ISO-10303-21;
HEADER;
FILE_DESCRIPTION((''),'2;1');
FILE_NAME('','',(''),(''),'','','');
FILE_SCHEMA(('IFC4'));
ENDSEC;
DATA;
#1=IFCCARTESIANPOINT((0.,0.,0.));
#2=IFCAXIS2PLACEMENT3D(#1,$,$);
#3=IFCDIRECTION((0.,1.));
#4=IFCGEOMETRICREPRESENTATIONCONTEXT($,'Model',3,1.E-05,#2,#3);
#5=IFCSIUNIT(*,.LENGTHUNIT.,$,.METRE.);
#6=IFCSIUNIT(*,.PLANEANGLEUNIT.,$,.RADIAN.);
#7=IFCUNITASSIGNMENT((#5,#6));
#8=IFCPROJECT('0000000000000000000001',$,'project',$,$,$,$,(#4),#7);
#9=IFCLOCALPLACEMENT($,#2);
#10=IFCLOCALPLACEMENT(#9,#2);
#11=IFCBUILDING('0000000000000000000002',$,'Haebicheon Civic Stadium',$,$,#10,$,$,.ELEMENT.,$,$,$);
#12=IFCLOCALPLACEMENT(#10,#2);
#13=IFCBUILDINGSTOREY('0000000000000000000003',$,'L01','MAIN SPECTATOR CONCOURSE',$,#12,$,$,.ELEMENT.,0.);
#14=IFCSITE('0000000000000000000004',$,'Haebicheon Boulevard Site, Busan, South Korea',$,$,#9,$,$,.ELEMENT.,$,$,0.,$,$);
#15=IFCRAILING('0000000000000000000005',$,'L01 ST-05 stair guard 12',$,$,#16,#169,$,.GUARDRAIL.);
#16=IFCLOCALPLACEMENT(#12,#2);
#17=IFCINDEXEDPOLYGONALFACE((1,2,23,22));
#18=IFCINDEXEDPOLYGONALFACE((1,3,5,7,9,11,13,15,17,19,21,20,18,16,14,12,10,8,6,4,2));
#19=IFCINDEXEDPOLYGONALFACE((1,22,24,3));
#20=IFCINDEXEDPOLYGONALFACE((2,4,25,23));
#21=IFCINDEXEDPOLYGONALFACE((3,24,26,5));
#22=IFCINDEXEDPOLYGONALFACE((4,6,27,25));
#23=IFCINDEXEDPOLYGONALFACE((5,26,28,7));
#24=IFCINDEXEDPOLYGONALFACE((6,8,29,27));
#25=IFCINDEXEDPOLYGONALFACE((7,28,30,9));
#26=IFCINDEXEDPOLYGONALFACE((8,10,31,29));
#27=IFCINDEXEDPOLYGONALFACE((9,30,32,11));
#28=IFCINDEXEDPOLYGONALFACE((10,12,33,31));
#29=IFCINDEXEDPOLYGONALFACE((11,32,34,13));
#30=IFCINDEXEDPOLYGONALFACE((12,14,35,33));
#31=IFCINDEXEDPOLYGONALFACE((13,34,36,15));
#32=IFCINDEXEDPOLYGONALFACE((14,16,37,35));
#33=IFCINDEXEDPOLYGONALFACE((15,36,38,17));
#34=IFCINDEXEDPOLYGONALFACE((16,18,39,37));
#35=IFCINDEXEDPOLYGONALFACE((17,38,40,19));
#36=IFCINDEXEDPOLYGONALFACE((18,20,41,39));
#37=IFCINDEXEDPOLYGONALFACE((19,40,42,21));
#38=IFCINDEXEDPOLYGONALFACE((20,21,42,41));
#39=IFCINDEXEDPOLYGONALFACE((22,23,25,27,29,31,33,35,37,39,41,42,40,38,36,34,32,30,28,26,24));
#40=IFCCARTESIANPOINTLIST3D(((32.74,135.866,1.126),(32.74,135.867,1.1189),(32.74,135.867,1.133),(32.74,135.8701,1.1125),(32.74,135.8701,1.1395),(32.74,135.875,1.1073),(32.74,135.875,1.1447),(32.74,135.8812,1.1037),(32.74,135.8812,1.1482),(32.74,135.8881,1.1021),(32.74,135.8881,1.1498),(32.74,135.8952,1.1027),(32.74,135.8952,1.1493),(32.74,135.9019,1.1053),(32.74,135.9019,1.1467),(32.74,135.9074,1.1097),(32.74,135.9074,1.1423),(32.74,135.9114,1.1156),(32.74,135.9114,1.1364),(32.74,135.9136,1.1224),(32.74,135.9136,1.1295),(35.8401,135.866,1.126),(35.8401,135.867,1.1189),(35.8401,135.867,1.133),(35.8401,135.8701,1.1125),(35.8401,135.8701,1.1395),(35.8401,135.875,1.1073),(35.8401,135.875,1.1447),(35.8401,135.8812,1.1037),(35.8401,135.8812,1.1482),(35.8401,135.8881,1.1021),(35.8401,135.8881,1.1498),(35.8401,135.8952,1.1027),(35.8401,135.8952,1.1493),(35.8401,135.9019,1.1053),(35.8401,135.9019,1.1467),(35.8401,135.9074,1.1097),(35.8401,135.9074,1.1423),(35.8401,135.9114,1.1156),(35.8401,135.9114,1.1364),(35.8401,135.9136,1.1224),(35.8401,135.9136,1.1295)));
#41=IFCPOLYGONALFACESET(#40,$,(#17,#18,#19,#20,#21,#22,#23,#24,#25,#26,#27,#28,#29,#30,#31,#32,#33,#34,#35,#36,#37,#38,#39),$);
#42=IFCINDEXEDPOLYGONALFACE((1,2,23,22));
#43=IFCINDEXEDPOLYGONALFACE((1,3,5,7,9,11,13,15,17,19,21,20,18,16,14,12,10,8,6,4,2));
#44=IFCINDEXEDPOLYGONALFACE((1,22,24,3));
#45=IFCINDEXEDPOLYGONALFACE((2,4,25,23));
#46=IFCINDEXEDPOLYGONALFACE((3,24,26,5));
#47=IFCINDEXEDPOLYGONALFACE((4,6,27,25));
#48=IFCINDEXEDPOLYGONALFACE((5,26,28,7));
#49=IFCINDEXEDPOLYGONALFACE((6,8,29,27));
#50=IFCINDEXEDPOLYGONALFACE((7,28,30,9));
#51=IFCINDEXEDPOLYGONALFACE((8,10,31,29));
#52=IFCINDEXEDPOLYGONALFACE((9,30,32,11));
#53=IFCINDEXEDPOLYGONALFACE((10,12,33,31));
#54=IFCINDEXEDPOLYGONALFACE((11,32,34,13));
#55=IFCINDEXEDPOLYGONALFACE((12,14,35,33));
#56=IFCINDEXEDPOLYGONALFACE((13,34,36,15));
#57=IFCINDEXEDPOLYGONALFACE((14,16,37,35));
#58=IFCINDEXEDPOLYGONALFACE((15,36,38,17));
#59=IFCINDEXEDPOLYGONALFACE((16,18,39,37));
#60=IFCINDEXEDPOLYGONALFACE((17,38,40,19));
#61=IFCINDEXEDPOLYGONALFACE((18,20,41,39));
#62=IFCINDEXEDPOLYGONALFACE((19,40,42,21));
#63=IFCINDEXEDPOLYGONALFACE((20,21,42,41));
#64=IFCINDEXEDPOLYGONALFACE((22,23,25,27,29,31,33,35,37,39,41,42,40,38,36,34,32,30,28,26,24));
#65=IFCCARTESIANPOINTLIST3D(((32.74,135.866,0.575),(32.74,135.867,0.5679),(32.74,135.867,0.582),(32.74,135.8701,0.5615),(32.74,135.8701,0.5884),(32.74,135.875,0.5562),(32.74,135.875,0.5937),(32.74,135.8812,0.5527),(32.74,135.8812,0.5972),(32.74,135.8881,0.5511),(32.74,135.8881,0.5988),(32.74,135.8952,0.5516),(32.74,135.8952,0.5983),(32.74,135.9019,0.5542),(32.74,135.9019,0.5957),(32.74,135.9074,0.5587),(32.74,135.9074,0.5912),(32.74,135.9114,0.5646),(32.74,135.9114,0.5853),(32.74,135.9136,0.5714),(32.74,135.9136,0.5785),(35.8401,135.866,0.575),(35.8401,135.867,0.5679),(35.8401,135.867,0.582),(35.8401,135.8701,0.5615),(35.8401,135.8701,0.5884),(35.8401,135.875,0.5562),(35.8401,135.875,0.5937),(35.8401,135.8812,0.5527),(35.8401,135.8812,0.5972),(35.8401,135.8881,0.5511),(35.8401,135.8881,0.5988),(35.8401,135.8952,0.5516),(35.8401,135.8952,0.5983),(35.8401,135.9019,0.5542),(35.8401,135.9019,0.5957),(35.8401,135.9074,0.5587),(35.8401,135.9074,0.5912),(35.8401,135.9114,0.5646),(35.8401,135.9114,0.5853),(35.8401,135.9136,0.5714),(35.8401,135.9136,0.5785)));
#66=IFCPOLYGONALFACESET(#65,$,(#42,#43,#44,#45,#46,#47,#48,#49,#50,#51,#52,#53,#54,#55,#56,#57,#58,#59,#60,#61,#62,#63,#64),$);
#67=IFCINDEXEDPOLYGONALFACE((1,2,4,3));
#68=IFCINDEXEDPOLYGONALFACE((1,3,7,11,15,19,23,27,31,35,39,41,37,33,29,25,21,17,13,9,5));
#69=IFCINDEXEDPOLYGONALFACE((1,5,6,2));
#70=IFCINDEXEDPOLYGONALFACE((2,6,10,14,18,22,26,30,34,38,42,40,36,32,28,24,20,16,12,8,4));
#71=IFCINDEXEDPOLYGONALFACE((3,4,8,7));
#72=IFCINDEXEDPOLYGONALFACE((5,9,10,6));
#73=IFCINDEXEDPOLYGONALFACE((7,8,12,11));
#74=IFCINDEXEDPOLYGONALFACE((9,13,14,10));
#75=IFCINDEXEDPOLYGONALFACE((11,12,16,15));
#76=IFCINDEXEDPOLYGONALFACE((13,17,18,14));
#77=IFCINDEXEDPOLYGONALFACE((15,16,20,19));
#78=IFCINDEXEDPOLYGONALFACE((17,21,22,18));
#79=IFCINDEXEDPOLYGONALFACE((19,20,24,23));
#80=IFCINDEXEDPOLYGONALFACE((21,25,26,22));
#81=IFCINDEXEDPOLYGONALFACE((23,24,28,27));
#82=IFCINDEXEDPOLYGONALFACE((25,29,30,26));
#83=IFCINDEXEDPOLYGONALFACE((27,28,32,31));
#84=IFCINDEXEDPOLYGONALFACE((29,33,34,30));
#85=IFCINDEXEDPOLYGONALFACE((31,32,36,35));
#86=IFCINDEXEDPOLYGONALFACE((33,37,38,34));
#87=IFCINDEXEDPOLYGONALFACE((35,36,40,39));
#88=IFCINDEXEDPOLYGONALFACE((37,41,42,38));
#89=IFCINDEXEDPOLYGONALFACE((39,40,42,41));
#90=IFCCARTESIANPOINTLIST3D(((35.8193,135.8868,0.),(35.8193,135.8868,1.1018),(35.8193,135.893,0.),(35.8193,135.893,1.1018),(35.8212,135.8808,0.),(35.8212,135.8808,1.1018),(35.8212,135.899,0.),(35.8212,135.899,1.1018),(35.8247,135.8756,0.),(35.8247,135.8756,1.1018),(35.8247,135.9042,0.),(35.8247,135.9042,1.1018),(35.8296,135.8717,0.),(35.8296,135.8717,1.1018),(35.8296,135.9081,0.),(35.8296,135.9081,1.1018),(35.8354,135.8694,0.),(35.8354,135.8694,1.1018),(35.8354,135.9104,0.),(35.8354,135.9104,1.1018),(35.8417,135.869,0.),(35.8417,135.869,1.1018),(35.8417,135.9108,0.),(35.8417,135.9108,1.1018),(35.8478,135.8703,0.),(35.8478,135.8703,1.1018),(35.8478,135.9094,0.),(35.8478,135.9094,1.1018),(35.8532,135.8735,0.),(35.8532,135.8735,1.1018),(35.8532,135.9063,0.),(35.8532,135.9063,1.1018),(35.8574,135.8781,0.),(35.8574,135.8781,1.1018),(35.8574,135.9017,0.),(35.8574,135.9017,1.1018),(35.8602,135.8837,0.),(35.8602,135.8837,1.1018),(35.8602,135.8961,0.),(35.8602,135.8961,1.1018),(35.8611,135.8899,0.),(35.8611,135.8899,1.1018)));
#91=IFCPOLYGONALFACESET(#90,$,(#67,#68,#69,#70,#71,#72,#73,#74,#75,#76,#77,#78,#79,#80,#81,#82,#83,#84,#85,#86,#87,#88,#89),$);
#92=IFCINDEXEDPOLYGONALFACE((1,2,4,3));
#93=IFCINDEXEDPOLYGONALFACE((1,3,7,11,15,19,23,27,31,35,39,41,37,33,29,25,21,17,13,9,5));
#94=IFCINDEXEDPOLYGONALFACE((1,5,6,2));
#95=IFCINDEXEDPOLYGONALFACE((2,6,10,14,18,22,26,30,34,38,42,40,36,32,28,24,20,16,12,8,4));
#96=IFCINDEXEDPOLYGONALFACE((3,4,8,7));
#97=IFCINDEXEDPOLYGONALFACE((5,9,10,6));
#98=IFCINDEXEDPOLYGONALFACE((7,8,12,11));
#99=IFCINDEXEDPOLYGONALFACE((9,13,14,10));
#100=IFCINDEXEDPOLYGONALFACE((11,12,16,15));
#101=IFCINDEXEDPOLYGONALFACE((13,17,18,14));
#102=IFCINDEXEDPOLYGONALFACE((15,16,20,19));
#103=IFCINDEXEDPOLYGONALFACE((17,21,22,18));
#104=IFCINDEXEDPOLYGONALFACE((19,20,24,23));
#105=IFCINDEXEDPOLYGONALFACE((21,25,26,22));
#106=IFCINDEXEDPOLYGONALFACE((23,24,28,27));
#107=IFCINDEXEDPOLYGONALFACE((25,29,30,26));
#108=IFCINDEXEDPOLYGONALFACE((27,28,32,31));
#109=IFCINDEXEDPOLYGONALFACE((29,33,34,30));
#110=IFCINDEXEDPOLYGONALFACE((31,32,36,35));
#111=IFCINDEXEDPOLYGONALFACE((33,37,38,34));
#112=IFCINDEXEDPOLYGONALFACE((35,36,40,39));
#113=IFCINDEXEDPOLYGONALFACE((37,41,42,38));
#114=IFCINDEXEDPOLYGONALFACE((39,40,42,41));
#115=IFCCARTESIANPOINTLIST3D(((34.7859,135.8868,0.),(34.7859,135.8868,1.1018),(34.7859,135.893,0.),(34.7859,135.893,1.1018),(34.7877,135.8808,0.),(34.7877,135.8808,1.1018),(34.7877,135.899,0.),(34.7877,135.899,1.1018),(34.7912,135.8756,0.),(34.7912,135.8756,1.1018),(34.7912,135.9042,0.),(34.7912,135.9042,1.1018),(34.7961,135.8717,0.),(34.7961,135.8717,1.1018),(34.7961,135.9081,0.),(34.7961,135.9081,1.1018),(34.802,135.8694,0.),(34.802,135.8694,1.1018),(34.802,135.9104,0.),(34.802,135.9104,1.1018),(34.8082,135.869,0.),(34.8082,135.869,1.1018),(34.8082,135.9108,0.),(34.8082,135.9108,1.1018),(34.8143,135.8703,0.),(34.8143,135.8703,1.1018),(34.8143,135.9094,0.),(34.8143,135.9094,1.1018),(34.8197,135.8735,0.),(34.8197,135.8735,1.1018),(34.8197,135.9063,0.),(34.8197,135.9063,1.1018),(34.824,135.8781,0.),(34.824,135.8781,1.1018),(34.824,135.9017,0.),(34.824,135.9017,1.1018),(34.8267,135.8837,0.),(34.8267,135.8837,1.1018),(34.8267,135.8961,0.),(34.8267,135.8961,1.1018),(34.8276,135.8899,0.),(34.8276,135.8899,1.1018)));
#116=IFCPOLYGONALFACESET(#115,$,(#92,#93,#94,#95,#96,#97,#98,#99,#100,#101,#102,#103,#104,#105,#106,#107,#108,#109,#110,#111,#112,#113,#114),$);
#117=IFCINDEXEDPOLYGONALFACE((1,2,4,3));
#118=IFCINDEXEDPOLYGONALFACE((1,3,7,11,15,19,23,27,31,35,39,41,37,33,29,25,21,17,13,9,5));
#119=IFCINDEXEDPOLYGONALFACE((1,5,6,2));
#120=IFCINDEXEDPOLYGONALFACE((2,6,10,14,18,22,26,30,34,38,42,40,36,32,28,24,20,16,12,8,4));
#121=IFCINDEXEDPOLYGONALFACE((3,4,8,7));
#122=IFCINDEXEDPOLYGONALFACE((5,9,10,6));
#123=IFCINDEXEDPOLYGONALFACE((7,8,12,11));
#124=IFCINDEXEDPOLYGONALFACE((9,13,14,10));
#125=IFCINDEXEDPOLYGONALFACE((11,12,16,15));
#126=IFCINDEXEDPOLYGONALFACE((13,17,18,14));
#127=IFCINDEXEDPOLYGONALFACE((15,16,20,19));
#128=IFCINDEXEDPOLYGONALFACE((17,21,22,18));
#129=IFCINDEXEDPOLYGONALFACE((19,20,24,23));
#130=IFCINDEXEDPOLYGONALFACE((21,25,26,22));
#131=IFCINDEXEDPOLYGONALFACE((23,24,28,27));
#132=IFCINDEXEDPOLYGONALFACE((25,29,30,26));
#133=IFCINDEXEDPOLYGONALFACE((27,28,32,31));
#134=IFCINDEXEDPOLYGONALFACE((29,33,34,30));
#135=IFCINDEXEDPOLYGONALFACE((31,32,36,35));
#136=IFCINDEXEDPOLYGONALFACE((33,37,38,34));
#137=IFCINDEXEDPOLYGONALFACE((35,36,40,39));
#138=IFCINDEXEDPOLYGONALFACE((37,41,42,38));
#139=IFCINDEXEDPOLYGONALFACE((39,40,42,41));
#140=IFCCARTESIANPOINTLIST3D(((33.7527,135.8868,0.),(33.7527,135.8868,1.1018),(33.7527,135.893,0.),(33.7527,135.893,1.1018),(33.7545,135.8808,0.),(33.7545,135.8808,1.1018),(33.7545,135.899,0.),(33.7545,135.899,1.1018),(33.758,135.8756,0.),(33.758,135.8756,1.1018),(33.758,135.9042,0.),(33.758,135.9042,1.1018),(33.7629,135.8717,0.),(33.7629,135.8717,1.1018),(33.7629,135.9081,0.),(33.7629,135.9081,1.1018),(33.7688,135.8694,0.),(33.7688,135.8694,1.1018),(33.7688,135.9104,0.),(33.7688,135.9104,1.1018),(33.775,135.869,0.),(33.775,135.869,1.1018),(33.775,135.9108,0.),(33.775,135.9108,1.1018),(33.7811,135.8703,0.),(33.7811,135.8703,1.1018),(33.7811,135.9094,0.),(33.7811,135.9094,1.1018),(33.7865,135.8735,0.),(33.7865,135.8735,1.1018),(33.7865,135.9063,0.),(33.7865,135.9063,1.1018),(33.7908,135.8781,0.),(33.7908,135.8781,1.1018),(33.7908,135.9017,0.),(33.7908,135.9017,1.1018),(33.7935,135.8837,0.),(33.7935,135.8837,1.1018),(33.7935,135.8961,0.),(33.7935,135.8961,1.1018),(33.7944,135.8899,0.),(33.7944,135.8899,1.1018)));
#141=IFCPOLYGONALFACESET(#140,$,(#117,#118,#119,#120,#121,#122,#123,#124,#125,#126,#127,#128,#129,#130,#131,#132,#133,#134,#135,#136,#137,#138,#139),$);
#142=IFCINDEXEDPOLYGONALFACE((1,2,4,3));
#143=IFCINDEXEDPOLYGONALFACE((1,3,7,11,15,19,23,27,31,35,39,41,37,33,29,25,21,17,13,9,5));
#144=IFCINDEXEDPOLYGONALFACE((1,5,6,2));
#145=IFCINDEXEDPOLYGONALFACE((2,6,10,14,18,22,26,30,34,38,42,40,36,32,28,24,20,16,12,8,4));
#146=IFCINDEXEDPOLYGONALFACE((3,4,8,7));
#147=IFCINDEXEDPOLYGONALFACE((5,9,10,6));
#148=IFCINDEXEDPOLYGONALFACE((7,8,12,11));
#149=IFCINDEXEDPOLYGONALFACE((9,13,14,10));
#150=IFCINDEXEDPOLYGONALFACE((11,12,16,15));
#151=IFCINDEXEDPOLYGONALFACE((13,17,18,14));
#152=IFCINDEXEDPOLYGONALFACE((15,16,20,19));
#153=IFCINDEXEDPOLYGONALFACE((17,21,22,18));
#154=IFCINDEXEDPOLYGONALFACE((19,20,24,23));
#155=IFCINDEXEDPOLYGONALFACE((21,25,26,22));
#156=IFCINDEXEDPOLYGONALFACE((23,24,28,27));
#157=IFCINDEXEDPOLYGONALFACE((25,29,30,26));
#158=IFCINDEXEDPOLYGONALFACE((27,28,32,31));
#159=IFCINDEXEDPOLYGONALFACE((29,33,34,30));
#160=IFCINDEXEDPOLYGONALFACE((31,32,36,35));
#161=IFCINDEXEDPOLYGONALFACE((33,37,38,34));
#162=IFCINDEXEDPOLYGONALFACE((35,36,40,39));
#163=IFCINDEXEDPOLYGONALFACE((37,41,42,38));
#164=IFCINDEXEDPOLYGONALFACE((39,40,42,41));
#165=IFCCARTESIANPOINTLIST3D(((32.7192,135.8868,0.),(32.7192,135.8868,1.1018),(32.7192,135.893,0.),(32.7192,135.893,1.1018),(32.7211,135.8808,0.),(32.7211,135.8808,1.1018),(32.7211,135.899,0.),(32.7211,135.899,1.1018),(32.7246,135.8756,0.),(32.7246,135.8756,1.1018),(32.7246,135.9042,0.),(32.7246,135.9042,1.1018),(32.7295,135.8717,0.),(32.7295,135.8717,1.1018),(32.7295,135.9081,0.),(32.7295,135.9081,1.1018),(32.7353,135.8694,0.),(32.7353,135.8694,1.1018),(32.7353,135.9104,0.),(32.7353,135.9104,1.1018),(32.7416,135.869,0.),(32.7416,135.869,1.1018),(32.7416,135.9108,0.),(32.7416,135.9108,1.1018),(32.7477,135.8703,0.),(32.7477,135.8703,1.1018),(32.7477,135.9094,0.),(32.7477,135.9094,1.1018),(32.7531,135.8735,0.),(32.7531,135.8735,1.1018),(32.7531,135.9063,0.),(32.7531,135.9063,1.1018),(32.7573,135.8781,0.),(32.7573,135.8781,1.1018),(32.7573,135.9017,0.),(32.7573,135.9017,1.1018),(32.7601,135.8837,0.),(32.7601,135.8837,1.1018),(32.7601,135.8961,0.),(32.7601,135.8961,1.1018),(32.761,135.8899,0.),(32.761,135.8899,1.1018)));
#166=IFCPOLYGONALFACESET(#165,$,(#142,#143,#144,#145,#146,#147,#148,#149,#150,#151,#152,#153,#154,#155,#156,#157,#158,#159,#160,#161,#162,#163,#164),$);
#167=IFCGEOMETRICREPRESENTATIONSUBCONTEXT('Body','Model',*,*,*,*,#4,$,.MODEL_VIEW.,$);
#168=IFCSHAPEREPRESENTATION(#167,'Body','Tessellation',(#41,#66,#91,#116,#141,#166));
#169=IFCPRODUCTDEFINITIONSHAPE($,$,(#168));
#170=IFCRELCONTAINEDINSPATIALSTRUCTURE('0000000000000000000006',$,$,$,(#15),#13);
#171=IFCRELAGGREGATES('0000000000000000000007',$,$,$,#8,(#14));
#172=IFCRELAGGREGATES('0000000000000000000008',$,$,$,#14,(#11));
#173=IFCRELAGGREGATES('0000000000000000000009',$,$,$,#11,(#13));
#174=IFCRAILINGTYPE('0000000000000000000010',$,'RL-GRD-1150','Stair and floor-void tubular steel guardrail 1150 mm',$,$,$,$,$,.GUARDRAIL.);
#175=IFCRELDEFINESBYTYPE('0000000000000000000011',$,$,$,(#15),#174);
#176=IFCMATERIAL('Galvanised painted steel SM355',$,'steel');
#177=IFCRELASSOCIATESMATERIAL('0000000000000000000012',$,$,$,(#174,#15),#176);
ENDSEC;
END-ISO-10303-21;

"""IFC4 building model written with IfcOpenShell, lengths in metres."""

from ifc_helpers import new_model, si_unit, direction, frame, origin, origin_2d, place, context, subcontext, project, spatial, circle, extrude, material, type_object, element, save


model = new_model("IFC4")

# Units and contexts
model_context = context("Model", 3, precision=1e-05, world=origin(), true_north=direction((0.0, 1.0)))
body_context = subcontext(model_context, "Body", "Model", "MODEL_VIEW")
ifc_project = project(units=[si_unit("LENGTHUNIT", "METRE"), si_unit("PLANEANGLEUNIT", "RADIAN")], contexts=[model_context])

# Site, building, storey
site_placement = place(None, origin())
site = spatial("IfcSite", under=ifc_project, at=site_placement, Name="Haebicheon Boulevard Site, Busan, South Korea", CompositionType="ELEMENT", RefElevation=0.0)
building_placement = place(site_placement, origin())
building = spatial("IfcBuilding", under=site, at=building_placement, Name="Haebicheon Civic Stadium", CompositionType="ELEMENT")
storey_placement = place(building_placement, origin())
storey = spatial("IfcBuildingStorey", under=building, at=storey_placement, Name="L01", Description="MAIN SPECTATOR CONCOURSE", CompositionType="ELEMENT", Elevation=0.0)

# Railing
ifc_material_1 = material(Name="Galvanised painted steel SM355", Category="steel")
railing_type_1 = type_object("IfcRailingType", Name="RL-GRD-1150", Description="Stair and floor-void tubular steel guardrail 1150 mm", PredefinedType="GUARDRAIL", material=ifc_material_1)
railing_1_placement = place(storey_placement, frame((35.8401, 135.8899, 0.0)))
element("IfcRailing", 1, at=railing_1_placement, inside=storey, type_object=railing_type_1, material=ifc_material_1, Name="L01 ST-05 stair guard 12", PredefinedType="GUARDRAIL", context=body_context, shape_type="SweptSolid", body=[
    extrude(circle(Radius=0.0239, at=origin_2d()), frame((0.0, 0.0, 1.126), z_axis=(-1.0, 0.0, 0.0), x_axis=(0.0, -1.0, 0.0)), (0.0, 0.0, 1.0), 3.1001),
    extrude(circle(Radius=0.0239, at=origin_2d()), frame((0.0, 0.0, 0.575), z_axis=(-1.0, 0.0, 0.0), x_axis=(0.0, -1.0, 0.0)), (0.0, 0.0, 1.0), 3.1001),
    extrude(circle(Radius=0.021, at=origin_2d()), origin(), (0.0, 0.0, 1.0), 1.1018),
    extrude(circle(Radius=0.021, at=origin_2d()), frame((-1.0334, 0.0, 0.0)), (0.0, 0.0, 1.0), 1.1018),
    extrude(circle(Radius=0.021, at=origin_2d()), frame((-2.0667, 0.0, 0.0)), (0.0, 0.0, 1.0), 1.1018),
    extrude(circle(Radius=0.021, at=origin_2d()), frame((-3.1001, 0.0, 0.0)), (0.0, 0.0, 1.0), 1.1018),
])

save(model, "model.ifc")
